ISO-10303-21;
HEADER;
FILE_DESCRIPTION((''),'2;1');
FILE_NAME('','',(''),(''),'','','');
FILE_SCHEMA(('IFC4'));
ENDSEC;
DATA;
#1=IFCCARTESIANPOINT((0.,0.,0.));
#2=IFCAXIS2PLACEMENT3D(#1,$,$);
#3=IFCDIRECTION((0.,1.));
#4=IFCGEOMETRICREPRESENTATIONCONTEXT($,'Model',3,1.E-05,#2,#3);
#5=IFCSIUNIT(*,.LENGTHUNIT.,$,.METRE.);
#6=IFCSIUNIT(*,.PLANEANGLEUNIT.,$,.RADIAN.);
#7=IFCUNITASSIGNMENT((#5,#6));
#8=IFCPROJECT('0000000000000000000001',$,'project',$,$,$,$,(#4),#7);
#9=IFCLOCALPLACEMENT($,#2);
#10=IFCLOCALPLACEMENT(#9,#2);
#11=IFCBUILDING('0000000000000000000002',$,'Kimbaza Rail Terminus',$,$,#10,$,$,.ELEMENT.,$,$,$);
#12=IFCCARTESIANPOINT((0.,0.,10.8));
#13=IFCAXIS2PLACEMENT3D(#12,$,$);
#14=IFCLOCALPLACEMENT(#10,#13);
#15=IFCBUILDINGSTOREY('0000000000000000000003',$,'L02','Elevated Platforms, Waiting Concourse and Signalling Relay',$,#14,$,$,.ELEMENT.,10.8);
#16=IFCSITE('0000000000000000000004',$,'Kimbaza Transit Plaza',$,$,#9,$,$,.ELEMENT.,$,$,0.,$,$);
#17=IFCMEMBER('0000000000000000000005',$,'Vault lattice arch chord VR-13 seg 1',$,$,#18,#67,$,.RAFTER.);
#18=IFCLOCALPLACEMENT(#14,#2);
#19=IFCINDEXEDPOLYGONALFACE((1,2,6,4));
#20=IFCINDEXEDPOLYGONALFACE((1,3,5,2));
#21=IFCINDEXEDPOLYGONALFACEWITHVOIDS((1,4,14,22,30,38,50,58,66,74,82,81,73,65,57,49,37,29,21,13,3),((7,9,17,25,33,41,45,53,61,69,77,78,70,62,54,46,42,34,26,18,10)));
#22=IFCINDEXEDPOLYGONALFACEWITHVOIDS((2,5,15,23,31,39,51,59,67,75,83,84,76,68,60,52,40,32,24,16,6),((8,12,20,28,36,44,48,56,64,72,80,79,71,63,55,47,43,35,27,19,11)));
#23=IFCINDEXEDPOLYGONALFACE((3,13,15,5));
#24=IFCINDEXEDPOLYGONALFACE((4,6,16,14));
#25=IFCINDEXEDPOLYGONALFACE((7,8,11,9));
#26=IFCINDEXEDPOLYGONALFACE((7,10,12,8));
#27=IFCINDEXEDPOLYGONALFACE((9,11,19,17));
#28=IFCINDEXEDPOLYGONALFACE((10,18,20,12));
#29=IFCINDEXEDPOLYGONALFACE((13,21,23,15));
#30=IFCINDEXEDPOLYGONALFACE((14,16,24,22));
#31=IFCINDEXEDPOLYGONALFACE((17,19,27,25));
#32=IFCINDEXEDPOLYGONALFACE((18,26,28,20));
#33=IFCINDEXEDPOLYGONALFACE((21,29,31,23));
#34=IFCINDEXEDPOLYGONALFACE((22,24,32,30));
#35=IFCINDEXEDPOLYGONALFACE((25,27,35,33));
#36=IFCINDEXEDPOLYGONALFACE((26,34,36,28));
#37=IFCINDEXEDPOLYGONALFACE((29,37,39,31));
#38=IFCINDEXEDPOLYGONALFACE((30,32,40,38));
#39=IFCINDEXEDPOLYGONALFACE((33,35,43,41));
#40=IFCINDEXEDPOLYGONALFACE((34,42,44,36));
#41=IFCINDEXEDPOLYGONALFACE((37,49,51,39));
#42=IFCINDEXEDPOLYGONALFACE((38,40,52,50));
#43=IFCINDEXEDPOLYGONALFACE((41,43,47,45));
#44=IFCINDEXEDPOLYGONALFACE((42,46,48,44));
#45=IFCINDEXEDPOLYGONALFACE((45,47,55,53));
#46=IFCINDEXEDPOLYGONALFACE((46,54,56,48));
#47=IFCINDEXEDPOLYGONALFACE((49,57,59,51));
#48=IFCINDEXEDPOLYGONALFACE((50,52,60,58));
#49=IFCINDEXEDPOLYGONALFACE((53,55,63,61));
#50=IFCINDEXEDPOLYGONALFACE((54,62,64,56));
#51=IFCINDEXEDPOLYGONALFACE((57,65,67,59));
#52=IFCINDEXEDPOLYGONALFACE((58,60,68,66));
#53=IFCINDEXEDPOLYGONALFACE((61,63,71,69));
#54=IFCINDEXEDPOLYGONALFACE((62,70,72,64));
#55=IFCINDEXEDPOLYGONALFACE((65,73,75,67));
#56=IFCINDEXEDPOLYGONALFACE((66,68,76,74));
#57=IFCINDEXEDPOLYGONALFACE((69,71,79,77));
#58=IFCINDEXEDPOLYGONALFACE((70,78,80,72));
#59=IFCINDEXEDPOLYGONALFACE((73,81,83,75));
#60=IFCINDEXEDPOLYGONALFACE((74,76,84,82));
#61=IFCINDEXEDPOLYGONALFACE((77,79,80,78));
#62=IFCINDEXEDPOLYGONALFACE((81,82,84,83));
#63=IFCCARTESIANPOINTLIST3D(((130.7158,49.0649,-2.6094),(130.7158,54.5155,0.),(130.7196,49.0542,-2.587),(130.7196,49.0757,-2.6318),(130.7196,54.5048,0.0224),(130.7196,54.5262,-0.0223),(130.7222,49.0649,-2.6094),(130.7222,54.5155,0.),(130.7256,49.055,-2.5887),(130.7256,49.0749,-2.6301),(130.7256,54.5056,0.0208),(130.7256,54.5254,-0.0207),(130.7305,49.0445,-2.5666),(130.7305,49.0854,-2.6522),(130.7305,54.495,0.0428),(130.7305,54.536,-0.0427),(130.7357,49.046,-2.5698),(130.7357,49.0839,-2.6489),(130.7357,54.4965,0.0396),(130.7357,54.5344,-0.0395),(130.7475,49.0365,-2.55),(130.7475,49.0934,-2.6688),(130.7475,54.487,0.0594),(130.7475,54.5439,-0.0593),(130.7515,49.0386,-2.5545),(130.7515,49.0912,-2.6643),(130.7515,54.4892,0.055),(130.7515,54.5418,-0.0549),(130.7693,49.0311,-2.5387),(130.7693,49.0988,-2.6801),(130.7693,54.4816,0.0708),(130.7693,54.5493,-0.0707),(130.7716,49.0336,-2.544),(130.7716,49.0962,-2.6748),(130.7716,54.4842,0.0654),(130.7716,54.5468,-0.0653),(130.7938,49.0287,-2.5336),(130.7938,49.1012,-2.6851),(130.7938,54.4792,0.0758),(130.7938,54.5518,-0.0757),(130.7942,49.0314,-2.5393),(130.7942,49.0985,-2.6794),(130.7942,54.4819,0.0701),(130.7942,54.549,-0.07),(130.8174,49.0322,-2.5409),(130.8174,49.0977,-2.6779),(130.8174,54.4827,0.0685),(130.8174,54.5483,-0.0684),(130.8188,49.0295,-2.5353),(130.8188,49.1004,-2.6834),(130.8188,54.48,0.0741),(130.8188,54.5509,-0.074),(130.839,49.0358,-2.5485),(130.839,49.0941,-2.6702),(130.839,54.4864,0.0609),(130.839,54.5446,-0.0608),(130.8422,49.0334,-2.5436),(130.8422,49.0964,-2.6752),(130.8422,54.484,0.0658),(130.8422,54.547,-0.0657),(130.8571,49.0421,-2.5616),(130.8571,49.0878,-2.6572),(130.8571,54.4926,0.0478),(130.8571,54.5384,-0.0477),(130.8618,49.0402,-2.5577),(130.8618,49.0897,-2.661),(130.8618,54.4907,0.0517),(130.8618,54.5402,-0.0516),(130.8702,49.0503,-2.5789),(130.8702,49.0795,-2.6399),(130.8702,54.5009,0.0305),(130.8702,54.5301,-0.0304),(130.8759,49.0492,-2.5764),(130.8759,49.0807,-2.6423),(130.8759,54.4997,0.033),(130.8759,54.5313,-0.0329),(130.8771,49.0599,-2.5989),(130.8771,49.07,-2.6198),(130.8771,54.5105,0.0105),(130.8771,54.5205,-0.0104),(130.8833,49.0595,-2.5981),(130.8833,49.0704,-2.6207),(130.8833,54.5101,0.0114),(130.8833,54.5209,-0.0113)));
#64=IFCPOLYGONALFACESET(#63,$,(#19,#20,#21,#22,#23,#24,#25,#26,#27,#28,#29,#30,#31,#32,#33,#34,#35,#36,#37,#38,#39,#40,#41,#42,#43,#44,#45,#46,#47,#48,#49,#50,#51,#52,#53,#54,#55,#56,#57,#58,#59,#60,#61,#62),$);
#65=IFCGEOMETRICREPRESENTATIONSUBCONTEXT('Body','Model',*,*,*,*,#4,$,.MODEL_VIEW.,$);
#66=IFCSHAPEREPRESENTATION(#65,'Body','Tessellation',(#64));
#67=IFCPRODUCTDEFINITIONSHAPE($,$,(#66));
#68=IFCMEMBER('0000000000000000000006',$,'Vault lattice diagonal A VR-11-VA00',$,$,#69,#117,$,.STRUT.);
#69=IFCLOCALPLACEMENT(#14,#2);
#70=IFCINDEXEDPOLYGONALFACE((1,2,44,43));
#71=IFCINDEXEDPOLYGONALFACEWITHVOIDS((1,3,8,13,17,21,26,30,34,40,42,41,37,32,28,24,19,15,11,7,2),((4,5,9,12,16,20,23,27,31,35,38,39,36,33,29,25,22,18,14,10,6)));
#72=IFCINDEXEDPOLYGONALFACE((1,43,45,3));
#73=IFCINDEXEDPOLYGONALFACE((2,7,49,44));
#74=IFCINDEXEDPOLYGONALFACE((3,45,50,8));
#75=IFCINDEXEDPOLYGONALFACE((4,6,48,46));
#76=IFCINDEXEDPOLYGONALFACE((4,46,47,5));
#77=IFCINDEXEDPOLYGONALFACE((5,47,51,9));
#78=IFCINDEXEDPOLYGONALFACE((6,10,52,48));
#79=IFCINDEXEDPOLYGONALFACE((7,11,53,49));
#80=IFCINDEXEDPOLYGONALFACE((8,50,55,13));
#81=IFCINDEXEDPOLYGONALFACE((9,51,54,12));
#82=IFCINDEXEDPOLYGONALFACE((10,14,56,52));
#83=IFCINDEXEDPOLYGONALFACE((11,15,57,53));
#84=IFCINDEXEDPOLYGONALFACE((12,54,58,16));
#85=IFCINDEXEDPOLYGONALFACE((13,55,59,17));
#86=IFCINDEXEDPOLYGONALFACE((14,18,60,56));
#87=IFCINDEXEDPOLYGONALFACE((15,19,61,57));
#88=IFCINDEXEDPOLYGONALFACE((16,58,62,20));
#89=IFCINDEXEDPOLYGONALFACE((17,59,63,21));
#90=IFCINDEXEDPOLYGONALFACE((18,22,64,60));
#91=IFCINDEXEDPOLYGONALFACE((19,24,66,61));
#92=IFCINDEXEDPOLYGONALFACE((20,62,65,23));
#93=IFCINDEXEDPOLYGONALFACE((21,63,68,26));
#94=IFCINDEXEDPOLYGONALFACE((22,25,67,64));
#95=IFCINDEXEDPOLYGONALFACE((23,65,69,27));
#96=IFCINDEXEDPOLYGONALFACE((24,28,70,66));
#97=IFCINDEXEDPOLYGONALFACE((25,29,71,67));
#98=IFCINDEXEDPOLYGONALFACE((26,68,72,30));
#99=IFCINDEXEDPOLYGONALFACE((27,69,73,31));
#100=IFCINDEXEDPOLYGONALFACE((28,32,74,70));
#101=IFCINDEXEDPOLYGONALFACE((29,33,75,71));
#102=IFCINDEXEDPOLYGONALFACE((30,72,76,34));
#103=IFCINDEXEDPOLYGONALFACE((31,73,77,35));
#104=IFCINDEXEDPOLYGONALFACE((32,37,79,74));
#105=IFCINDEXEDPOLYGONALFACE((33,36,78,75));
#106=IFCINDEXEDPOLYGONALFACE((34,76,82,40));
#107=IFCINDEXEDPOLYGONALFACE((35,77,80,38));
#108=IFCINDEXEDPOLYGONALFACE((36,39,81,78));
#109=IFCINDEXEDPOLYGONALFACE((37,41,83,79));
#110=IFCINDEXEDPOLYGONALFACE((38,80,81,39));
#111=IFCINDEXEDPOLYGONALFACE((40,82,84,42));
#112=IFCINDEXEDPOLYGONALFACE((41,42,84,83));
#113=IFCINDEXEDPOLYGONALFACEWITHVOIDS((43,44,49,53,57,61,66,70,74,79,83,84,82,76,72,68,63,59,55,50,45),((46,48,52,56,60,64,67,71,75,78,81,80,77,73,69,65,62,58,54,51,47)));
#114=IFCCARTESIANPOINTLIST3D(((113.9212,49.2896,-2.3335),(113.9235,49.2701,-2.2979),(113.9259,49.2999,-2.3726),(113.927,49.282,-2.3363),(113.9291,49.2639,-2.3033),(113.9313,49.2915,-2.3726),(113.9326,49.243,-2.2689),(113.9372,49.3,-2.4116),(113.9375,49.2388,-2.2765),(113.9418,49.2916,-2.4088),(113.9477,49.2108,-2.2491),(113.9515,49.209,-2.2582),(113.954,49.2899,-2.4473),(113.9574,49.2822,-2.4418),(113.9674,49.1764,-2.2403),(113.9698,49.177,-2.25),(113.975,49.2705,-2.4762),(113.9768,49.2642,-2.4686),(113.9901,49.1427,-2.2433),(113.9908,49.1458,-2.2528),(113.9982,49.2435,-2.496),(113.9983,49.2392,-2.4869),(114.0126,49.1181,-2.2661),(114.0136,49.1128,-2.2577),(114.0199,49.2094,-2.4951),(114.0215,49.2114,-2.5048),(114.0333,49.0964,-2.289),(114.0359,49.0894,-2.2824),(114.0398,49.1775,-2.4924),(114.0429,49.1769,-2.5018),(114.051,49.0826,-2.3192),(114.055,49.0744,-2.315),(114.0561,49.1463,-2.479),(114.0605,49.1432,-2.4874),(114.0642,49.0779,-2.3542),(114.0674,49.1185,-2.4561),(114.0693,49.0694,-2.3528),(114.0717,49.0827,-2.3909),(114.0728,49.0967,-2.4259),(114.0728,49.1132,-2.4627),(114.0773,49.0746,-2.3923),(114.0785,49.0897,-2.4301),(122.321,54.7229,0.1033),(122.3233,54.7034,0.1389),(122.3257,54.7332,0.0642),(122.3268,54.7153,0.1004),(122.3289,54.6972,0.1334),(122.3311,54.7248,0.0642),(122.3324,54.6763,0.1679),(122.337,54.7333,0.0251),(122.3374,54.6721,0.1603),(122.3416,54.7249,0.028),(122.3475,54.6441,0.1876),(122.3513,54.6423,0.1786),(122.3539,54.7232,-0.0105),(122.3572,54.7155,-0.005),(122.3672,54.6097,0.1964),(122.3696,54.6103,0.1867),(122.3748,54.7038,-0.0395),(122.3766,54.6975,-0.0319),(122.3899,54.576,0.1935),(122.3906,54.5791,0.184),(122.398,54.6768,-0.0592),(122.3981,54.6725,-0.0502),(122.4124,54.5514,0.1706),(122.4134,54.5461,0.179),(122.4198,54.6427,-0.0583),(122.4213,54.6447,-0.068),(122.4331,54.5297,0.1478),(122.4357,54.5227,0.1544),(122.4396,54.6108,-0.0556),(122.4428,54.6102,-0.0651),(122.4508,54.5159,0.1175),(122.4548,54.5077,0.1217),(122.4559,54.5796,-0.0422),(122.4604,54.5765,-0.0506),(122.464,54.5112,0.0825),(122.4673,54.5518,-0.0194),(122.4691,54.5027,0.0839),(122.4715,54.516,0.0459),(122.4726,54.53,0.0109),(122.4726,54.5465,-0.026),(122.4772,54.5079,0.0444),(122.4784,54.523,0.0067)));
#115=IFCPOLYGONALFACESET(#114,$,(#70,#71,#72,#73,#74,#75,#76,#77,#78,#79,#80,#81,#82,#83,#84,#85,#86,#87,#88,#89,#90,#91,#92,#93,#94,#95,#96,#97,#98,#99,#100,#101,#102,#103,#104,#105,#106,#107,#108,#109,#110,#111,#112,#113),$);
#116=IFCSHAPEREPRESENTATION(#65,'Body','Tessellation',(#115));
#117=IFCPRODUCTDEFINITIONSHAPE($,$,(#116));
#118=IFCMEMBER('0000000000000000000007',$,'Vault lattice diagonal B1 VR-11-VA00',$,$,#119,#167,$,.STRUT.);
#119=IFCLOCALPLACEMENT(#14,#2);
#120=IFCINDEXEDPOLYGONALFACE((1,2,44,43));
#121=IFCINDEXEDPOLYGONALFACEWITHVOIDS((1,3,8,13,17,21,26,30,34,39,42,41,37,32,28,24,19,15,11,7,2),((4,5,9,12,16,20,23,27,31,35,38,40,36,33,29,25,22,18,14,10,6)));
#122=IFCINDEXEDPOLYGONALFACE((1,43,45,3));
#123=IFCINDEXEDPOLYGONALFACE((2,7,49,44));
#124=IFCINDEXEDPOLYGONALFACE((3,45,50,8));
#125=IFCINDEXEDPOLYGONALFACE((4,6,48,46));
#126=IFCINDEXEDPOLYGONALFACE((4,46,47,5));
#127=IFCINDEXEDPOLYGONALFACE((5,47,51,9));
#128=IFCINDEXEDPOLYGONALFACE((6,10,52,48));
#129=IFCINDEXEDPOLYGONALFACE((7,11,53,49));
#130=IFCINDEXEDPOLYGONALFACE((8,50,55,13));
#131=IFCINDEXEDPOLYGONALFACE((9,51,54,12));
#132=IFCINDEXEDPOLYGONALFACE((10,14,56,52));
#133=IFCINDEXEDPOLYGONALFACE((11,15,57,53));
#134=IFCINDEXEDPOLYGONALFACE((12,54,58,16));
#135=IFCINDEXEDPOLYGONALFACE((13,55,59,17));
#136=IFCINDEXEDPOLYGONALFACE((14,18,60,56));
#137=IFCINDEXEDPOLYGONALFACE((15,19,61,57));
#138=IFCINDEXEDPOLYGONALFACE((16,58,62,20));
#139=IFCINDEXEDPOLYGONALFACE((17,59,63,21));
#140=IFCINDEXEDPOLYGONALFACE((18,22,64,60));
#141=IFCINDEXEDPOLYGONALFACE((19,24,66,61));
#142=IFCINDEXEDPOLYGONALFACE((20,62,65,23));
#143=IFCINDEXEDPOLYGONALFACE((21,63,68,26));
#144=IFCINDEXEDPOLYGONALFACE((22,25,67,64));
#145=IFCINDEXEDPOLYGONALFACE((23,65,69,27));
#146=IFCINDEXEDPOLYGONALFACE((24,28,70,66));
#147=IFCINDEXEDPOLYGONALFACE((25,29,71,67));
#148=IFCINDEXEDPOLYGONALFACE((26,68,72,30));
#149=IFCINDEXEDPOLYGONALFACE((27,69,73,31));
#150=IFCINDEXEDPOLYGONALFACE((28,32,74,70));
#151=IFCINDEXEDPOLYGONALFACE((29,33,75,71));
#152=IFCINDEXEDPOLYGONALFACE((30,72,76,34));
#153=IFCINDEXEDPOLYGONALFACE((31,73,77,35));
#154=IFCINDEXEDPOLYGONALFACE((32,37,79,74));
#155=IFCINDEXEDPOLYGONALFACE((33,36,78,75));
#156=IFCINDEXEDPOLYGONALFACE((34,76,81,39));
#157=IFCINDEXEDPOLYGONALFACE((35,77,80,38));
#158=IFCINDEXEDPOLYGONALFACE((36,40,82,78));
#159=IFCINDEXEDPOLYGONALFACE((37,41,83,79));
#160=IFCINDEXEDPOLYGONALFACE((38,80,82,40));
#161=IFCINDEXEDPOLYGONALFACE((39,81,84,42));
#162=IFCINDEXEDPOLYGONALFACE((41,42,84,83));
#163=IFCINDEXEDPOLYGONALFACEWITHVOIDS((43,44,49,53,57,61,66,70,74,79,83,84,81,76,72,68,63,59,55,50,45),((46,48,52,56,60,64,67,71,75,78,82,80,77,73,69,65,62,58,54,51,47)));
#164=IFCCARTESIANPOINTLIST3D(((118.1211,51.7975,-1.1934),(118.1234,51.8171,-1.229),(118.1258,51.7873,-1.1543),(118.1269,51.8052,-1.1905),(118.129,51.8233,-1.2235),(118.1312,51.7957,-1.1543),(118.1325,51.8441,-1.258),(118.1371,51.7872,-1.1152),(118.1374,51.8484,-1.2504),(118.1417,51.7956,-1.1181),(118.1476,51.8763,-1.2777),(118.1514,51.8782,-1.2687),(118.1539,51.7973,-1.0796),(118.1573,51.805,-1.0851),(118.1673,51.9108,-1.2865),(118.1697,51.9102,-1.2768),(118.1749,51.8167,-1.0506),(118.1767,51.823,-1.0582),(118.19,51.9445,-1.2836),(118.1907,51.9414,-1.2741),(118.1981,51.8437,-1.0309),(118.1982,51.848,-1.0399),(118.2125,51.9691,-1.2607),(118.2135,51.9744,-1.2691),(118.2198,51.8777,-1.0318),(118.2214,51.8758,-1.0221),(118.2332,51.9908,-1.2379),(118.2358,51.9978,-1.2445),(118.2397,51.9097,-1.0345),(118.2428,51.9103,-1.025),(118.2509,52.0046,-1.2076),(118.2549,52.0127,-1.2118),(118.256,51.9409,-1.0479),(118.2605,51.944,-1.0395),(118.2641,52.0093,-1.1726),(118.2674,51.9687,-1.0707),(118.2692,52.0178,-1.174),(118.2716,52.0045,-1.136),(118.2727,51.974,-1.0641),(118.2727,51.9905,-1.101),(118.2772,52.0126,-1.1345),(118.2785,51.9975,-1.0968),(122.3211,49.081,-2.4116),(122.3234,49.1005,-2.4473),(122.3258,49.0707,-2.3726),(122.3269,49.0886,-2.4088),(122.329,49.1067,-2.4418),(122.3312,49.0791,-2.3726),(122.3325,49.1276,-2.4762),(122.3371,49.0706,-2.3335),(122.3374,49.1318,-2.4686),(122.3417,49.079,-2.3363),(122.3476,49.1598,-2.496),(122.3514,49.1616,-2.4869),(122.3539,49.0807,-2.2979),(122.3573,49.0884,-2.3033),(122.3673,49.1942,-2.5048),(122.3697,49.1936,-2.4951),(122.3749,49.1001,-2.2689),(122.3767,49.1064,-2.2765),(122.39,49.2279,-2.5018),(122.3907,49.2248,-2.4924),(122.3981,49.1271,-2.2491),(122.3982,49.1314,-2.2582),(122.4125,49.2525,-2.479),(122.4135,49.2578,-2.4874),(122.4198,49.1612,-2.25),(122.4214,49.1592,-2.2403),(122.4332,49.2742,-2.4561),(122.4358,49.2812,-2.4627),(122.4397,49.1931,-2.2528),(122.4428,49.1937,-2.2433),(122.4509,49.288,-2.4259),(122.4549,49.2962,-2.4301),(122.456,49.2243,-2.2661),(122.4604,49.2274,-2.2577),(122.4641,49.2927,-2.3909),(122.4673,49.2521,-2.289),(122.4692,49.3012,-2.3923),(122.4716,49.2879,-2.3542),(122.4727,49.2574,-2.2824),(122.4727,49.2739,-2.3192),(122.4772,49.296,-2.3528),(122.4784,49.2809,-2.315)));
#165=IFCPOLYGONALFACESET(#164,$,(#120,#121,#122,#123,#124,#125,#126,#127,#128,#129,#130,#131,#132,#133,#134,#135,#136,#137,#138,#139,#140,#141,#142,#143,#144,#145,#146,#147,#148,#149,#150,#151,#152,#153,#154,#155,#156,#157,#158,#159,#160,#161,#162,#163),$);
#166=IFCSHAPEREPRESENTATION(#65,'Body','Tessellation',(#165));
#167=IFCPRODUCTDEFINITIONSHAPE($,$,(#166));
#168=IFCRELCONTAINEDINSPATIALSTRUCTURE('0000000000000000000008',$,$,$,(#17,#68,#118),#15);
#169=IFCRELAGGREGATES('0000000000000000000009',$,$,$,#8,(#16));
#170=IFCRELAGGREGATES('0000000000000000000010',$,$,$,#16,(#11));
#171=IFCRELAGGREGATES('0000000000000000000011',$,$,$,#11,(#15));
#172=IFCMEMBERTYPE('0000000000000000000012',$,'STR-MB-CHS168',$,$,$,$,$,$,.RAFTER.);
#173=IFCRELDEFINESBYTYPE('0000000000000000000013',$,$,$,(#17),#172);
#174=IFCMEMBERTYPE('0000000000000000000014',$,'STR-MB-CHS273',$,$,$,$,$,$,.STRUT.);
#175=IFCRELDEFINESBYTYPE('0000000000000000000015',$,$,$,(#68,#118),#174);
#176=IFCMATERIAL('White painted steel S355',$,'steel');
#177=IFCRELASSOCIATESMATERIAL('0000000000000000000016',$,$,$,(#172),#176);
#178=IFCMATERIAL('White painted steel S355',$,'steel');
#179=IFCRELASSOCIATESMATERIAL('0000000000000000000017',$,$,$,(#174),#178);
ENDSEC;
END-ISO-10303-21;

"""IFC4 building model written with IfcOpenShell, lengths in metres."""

from ifc_helpers import new_model, si_unit, direction, frame, origin, origin_2d, place, context, subcontext, project, spatial, hollow_circle, extrude, material, material_profile, profile_set, type_object, element, save


model = new_model("IFC4")

# Units and contexts
model_context = context("Model", 3, precision=1e-05, world=origin(), true_north=direction((0.0, 1.0)))
body_context = subcontext(model_context, "Body", "Model", "MODEL_VIEW")
ifc_project = project(units=[si_unit("LENGTHUNIT", "METRE"), si_unit("PLANEANGLEUNIT", "RADIAN")], contexts=[model_context])

# Site, building, storey
site_placement = place(None, origin())
site = spatial("IfcSite", under=ifc_project, at=site_placement, Name="Kimbaza Transit Plaza", CompositionType="ELEMENT", RefElevation=0.0)
building_placement = place(site_placement, origin())
building = spatial("IfcBuilding", under=site, at=building_placement, Name="Kimbaza Rail Terminus", CompositionType="ELEMENT")
storey_placement = place(building_placement, frame((0.0, 0.0, 10.8)))
storey = spatial("IfcBuildingStorey", under=building, at=storey_placement, Name="L02", Description="Elevated Platforms, Waiting Concourse and Signalling Relay", CompositionType="ELEMENT", Elevation=10.8)

# Members
ifc_material_1 = material(Name="White painted steel S355", Category="steel")
ifc_material_profile_1 = material_profile(ifc_material_1, hollow_circle(Radius=0.0842, WallThickness=0.0063, at=origin_2d()), Name="CHS 168.3x6.3")
ifc_profile_set_1 = profile_set([ifc_material_profile_1], Name="White painted steel S355")
member_type_1 = type_object("IfcMemberType", Name="STR-MB-CHS168", PredefinedType="RAFTER", material=ifc_profile_set_1)
for number, where, z_axis, x_axis, name in (
    (1, (130.8, 49.0649, -2.6094), (0.0, 0.901964, 0.431811), (-1.0, 0.0, 0.0), "Vault lattice arch chord VR-13 seg 1"),
):
    element("IfcMember", number, at=place(storey_placement, frame(where, z_axis=z_axis, x_axis=x_axis)), inside=storey, type_object=member_type_1, Name=name, PredefinedType="RAFTER", context=body_context, shape_type="SweptSolid", body=[
        extrude(hollow_circle(Radius=0.0842, WallThickness=0.0063, at=origin_2d()), origin(), (0.0, 0.0, 1.0), 6.043),
    ])
ifc_material_2 = material(Name="White painted steel S355", Category="steel")
ifc_material_profile_2 = material_profile(ifc_material_2, hollow_circle(Radius=0.1365, WallThickness=0.01, at=origin_2d()), Name="CHS 273x10")
ifc_profile_set_2 = profile_set([ifc_material_profile_2], Name="White painted steel S355")
member_type_2 = type_object("IfcMemberType", Name="STR-MB-CHS273", PredefinedType="STRUT", material=ifc_profile_set_2)
member_1_placement = place(storey_placement, frame((114.0, 49.1853, -2.3726), z_axis=(0.815803, 0.52769, 0.23666), x_axis=(-0.543119, 0.839656, 0.0)))
element("IfcMember", 2, at=member_1_placement, inside=storey, type_object=member_type_2, Name="Vault lattice diagonal A VR-11-VA00", PredefinedType="STRUT", context=body_context, shape_type="SweptSolid", body=[
    extrude(hollow_circle(Radius=0.1365, WallThickness=0.01, at=origin_2d()), origin(), (0.0, 0.0, 1.0), 10.2964),
])
member_2_placement = place(storey_placement, frame((122.3999, 49.1853, -2.3726), z_axis=(-0.815818, 0.527676, 0.236641), x_axis=(-0.543102, -0.839667, 0.0)))
element("IfcMember", 3, at=member_2_placement, inside=storey, type_object=member_type_2, Name="Vault lattice diagonal B1 VR-11-VA00", PredefinedType="STRUT", context=body_context, shape_type="SweptSolid", body=[
    extrude(hollow_circle(Radius=0.1365, WallThickness=0.01, at=origin_2d()), origin(), (0.0, 0.0, 1.0), 5.1482),
])

save(model, "model.ifc")
